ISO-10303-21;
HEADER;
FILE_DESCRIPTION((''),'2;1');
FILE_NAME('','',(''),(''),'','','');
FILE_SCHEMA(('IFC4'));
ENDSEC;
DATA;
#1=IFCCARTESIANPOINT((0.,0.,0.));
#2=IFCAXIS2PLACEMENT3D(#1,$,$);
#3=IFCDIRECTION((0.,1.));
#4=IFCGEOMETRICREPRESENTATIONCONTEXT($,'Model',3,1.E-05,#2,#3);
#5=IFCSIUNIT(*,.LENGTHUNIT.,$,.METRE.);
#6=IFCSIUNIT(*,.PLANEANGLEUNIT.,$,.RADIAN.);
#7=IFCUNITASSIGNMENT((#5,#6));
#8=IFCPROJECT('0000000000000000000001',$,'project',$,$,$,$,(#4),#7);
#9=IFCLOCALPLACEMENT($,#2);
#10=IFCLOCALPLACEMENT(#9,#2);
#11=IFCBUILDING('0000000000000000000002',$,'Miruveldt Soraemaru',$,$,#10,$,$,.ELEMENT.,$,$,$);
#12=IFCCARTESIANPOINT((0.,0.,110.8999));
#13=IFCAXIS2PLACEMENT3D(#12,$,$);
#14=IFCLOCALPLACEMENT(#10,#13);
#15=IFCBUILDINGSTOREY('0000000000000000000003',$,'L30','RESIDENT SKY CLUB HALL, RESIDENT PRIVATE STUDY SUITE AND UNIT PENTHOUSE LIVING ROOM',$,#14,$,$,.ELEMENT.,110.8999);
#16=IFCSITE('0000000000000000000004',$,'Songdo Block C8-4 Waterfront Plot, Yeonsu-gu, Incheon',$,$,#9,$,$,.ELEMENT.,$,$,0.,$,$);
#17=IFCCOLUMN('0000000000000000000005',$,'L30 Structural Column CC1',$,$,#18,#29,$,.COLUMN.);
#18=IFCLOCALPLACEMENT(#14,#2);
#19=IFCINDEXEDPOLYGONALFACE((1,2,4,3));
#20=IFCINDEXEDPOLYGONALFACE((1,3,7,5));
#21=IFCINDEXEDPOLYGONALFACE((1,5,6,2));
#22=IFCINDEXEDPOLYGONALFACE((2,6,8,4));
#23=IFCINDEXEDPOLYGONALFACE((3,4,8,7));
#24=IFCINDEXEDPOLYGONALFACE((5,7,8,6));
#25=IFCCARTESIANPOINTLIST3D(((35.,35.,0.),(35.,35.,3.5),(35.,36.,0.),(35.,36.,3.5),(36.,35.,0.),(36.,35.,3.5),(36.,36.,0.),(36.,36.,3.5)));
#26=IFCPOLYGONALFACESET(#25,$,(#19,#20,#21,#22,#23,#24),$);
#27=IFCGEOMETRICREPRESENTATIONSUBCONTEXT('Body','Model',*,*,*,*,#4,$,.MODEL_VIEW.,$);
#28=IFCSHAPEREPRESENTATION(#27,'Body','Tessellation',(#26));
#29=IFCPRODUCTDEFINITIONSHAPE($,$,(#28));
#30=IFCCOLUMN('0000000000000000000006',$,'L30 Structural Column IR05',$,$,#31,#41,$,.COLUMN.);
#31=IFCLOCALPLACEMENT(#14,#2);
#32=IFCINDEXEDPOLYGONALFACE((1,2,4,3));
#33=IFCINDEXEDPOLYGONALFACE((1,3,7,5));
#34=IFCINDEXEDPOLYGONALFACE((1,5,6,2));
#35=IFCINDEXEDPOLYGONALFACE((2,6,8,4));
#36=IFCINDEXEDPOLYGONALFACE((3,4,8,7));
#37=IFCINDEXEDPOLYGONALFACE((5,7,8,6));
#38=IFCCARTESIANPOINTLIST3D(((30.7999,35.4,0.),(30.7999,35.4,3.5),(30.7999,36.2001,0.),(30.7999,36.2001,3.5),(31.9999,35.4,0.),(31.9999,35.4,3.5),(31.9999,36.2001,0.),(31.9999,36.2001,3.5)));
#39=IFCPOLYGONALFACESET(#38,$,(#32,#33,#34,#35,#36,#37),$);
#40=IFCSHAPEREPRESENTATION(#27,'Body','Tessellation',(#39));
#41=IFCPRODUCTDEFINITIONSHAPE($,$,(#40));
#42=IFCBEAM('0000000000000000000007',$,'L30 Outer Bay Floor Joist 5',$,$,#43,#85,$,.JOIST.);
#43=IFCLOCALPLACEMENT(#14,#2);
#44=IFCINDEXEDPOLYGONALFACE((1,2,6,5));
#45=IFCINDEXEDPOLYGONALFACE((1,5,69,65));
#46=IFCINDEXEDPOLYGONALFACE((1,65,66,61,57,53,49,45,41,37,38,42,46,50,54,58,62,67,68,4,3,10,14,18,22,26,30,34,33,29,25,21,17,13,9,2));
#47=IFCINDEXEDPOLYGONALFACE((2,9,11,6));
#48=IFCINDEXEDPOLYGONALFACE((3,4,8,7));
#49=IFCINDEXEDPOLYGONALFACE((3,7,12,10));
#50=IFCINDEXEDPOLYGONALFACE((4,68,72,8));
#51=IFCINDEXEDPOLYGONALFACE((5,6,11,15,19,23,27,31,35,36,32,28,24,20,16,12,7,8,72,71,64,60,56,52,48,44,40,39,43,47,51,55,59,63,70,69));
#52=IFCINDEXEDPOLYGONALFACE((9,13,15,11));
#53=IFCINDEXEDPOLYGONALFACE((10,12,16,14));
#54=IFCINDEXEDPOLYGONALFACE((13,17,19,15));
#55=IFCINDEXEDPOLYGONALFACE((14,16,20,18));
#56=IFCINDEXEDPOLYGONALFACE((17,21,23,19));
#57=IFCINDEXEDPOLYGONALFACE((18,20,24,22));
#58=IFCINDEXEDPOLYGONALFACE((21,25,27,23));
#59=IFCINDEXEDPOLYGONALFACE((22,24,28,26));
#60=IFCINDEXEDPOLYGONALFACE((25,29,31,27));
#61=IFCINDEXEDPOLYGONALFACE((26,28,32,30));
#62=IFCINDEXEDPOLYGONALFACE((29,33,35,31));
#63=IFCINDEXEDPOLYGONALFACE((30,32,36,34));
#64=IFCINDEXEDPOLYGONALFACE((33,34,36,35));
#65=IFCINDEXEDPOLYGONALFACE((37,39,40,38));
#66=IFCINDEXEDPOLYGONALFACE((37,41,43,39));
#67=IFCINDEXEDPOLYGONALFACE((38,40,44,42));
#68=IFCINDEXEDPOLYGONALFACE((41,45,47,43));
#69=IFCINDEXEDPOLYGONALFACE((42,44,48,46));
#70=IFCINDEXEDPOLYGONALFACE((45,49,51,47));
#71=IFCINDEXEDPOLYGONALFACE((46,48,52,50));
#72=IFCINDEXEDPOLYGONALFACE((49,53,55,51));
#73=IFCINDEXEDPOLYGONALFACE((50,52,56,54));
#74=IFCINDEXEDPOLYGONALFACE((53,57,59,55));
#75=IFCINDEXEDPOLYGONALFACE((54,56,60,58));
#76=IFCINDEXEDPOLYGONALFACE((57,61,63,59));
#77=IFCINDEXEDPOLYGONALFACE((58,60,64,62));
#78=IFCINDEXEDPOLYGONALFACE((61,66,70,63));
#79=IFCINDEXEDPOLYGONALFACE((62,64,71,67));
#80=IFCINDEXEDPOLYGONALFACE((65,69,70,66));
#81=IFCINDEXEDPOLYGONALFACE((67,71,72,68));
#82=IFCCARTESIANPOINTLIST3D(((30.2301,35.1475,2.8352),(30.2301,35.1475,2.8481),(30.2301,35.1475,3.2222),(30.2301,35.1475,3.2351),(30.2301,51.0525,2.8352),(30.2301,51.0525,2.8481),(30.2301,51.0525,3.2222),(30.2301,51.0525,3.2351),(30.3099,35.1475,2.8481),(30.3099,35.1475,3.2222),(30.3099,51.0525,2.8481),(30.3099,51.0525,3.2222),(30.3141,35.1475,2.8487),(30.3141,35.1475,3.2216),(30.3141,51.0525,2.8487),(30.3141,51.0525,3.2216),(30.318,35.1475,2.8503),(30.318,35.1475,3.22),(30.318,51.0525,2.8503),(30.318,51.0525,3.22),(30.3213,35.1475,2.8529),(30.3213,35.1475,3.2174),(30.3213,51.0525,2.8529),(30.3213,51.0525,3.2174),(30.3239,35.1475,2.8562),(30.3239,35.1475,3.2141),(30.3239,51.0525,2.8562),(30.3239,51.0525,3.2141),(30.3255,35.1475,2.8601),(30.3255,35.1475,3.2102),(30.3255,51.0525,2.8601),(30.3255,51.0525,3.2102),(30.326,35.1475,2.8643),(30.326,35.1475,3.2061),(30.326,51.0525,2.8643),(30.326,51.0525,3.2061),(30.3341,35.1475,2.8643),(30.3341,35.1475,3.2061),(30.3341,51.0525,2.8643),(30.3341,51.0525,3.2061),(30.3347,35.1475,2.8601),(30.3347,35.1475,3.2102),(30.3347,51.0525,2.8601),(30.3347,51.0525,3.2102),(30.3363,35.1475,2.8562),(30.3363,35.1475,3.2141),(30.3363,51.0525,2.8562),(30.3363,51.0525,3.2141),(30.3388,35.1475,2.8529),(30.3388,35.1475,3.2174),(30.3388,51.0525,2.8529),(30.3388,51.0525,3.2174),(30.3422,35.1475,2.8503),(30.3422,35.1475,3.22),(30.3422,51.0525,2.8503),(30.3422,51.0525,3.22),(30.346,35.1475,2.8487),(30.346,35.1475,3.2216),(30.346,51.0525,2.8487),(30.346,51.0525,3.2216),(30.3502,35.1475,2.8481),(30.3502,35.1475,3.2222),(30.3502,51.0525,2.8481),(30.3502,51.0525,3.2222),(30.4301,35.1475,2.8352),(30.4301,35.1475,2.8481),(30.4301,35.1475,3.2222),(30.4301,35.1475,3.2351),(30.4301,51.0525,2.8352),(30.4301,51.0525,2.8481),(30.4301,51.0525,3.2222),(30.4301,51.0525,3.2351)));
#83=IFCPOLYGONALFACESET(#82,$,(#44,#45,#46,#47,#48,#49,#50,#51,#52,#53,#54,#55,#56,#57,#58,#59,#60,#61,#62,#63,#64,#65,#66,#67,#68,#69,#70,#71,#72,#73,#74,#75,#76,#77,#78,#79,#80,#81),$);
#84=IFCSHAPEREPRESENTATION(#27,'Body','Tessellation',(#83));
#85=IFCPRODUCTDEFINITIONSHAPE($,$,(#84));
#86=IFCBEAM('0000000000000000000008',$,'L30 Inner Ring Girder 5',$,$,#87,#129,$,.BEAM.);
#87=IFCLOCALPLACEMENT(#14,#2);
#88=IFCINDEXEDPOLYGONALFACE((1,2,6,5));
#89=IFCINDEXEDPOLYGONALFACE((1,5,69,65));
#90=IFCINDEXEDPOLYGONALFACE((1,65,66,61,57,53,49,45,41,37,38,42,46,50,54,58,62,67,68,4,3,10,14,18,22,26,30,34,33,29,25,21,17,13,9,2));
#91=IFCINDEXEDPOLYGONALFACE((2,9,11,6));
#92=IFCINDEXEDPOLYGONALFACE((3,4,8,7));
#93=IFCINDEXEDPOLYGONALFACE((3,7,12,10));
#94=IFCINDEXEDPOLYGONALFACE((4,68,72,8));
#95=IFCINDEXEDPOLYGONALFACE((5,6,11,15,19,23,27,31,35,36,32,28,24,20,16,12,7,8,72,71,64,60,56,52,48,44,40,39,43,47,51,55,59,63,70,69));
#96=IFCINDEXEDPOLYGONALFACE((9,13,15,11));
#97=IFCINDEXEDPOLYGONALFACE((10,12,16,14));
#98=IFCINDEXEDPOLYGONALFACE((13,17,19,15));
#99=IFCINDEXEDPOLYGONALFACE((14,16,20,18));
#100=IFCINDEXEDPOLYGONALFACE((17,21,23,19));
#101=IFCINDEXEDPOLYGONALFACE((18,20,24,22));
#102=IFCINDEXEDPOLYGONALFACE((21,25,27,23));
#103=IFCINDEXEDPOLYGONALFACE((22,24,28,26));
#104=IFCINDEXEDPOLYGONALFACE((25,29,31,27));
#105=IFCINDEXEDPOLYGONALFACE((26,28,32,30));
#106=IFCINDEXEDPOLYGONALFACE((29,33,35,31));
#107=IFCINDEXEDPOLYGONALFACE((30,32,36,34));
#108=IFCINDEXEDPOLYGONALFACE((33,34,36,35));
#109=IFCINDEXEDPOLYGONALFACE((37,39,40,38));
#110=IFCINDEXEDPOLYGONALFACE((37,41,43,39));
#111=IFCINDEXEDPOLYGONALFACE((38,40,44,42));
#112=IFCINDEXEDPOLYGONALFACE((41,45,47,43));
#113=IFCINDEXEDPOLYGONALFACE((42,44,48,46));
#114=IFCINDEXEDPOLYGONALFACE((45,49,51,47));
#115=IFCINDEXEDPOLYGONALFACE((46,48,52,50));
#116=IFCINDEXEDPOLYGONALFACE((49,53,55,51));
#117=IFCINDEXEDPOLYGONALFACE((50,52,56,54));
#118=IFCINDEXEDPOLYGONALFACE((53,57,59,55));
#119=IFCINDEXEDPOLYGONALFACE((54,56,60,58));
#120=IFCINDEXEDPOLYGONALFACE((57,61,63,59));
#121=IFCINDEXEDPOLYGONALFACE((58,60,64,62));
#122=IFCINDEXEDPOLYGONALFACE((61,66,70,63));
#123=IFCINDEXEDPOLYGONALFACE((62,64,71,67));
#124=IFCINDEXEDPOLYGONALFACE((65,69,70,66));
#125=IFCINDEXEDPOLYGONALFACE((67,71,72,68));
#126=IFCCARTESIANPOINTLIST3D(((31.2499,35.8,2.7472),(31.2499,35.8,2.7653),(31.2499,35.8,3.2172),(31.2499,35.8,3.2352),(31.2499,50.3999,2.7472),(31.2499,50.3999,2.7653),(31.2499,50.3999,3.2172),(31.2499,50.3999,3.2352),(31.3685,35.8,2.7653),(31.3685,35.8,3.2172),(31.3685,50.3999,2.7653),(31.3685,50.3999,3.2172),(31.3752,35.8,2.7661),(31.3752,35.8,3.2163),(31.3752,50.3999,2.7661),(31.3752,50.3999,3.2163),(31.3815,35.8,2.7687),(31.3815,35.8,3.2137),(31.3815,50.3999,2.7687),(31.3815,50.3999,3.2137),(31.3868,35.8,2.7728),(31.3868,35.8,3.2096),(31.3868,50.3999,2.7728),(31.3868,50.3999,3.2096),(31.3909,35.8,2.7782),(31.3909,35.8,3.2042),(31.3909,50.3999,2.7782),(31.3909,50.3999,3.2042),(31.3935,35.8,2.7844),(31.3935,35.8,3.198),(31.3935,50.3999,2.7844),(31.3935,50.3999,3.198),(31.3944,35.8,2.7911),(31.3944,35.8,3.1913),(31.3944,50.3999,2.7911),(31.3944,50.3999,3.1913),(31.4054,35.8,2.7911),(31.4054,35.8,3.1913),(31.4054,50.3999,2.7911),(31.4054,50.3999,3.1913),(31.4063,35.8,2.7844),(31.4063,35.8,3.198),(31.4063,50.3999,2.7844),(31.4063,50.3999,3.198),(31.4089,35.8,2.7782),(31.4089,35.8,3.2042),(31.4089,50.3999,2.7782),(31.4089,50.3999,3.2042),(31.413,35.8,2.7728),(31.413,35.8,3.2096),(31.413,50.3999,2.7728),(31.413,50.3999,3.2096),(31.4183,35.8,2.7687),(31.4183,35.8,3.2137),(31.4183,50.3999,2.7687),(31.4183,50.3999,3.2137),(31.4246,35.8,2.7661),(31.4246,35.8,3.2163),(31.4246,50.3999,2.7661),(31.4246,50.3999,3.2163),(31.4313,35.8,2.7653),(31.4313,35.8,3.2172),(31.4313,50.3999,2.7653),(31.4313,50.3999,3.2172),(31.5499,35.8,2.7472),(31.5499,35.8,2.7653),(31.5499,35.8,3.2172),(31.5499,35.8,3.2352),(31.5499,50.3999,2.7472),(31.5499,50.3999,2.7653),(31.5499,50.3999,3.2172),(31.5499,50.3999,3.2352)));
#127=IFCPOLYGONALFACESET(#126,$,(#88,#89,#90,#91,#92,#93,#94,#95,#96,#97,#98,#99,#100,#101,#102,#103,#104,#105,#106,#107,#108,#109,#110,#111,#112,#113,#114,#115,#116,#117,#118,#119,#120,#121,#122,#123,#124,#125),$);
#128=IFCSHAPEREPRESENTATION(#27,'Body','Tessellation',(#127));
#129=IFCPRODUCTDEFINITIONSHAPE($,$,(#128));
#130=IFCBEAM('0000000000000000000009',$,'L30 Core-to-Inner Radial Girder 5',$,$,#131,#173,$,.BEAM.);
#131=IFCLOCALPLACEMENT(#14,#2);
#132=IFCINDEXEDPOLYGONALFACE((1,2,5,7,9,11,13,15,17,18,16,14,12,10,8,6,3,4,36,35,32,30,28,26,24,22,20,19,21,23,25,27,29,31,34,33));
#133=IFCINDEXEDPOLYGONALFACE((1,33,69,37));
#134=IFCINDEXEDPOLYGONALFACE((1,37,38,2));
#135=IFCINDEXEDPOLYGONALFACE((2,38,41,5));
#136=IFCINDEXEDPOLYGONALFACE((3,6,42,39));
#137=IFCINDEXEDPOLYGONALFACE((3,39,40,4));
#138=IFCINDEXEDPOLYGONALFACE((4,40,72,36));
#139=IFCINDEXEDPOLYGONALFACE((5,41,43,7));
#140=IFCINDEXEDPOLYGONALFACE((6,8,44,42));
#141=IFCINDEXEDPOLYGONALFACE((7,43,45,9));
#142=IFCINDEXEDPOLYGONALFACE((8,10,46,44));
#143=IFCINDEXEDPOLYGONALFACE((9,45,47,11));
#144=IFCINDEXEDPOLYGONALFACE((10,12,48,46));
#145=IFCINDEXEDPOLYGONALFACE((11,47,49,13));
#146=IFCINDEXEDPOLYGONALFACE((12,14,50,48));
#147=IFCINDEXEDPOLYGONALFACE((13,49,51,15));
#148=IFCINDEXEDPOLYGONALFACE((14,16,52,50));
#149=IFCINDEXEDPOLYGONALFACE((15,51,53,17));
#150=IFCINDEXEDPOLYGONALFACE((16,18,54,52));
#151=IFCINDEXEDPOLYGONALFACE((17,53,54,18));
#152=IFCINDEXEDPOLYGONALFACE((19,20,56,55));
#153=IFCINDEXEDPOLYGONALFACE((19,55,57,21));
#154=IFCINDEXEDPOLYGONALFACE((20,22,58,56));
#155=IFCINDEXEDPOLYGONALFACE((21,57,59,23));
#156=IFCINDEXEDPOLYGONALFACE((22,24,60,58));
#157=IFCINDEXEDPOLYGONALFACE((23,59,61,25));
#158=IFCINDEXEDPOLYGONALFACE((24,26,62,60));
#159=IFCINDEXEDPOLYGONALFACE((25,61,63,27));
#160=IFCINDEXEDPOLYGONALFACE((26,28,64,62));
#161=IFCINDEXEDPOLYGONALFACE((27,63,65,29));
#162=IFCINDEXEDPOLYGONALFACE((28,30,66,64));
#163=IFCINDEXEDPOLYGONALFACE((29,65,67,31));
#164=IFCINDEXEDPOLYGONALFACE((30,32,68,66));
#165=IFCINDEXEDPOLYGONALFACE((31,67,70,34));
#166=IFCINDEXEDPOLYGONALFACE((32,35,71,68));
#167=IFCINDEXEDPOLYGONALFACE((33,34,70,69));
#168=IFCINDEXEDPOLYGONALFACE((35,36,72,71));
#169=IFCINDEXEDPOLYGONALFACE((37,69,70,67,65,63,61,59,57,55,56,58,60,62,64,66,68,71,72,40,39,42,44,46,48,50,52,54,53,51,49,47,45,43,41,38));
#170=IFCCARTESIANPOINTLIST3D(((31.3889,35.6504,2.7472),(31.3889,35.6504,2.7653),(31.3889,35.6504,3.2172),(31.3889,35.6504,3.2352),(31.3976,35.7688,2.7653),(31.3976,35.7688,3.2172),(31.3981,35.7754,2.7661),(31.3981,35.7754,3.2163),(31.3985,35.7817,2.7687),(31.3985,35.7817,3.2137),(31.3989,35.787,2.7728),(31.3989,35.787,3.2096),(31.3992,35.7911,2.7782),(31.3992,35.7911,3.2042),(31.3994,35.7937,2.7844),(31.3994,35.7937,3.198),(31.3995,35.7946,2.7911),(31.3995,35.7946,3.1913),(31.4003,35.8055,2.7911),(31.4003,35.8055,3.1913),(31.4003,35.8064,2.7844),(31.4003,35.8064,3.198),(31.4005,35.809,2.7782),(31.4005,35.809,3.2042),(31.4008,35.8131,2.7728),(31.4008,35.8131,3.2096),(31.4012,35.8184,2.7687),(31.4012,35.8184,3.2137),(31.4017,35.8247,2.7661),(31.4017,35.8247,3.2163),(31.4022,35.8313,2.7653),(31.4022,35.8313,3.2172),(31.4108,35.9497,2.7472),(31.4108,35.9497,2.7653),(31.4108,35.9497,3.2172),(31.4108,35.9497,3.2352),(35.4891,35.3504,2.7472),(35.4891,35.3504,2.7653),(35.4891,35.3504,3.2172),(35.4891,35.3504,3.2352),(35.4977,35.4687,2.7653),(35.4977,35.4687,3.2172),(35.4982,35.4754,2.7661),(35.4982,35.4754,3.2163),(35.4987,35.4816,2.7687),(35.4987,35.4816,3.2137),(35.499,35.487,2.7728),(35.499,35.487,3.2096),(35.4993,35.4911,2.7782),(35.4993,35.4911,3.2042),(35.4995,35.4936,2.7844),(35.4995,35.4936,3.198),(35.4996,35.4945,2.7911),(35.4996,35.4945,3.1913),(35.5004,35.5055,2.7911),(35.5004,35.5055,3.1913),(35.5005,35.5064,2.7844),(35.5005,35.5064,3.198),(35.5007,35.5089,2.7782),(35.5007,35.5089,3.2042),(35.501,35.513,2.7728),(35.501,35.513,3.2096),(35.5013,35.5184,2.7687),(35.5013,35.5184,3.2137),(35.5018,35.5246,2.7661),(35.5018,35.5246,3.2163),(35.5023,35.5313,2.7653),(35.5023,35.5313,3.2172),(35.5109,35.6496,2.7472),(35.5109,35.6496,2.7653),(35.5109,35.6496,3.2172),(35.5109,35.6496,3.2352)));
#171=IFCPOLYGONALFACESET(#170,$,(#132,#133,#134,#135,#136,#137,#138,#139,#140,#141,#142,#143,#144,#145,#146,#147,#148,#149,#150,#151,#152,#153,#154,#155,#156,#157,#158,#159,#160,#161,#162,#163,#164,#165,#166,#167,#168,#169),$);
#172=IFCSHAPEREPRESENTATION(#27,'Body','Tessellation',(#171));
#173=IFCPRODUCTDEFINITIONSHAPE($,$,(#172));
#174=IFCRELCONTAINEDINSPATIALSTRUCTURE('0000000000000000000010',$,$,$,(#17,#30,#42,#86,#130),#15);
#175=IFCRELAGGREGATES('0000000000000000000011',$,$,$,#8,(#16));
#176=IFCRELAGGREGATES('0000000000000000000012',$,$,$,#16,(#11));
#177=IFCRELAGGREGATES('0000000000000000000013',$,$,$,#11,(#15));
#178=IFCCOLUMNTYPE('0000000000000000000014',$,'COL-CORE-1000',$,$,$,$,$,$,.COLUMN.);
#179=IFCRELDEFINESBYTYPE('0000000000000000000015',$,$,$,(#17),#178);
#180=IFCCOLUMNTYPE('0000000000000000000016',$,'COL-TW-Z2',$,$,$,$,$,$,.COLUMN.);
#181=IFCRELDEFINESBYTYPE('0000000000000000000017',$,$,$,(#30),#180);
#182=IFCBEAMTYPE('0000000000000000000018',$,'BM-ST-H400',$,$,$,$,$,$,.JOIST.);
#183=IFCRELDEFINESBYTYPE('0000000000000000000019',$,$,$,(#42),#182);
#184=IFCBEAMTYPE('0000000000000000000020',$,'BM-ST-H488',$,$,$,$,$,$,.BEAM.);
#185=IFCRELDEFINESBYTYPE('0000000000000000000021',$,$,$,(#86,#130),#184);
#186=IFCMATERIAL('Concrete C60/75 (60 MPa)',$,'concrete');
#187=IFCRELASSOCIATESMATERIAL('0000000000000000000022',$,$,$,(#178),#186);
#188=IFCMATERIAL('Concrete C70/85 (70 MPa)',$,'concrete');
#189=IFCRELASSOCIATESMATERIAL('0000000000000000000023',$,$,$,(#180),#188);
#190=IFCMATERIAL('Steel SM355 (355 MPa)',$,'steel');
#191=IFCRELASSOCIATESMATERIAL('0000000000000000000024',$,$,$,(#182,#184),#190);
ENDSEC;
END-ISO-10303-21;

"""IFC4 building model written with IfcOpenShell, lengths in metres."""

from ifc_helpers import new_model, si_unit, direction, frame, origin, origin_2d, place, context, subcontext, project, spatial, rectangle, i_section, extrude, material, material_profile, profile_set, type_object, element, save


model = new_model("IFC4")

# Units and contexts
model_context = context("Model", 3, precision=1e-05, world=origin(), true_north=direction((0.0, 1.0)))
body_context = subcontext(model_context, "Body", "Model", "MODEL_VIEW")
ifc_project = project(units=[si_unit("LENGTHUNIT", "METRE"), si_unit("PLANEANGLEUNIT", "RADIAN")], contexts=[model_context])

# Site, building, storey
site_placement = place(None, origin())
site = spatial("IfcSite", under=ifc_project, at=site_placement, Name="Songdo Block C8-4 Waterfront Plot, Yeonsu-gu, Incheon", CompositionType="ELEMENT", RefElevation=0.0)
building_placement = place(site_placement, origin())
building = spatial("IfcBuilding", under=site, at=building_placement, Name="Miruveldt Soraemaru", CompositionType="ELEMENT")
storey_placement = place(building_placement, frame((0.0, 0.0, 110.8999)))
storey = spatial("IfcBuildingStorey", under=building, at=storey_placement, Name="L30", Description="RESIDENT SKY CLUB HALL, RESIDENT PRIVATE STUDY SUITE AND UNIT PENTHOUSE LIVING ROOM", CompositionType="ELEMENT", Elevation=110.8999)

# Columns
ifc_material_1 = material(Name="Concrete C60/75 (60 MPa)", Category="concrete")
ifc_material_profile_1 = material_profile(ifc_material_1, rectangle(XDim=1.0, YDim=1.0, at=origin_2d()), Name="Concrete C60/75 (60 MPa)", Category="concrete")
ifc_profile_set_1 = profile_set([ifc_material_profile_1], Name="Concrete C60/75 (60 MPa)")
column_type_1 = type_object("IfcColumnType", Name="COL-CORE-1000", PredefinedType="COLUMN", material=ifc_profile_set_1)
column_1_placement = place(storey_placement, frame((35.5, 35.5, 0.0), z_axis=(0.0, 0.0, 1.0), x_axis=(1.0, 0.0, 0.0)))
element("IfcColumn", 1, at=column_1_placement, inside=storey, type_object=column_type_1, Name="L30 Structural Column CC1", PredefinedType="COLUMN", context=body_context, shape_type="SweptSolid", body=[
    extrude(rectangle(XDim=1.0, YDim=1.0, at=origin_2d()), origin(), (0.0, 0.0, 1.0), 3.5),
])
ifc_material_2 = material(Name="Concrete C70/85 (70 MPa)", Category="concrete")
ifc_material_profile_2 = material_profile(ifc_material_2, rectangle(XDim=1.2, YDim=0.8, at=origin_2d()), Name="Concrete C70/85 (70 MPa)", Category="concrete")
ifc_profile_set_2 = profile_set([ifc_material_profile_2], Name="Concrete C70/85 (70 MPa)")
column_type_2 = type_object("IfcColumnType", Name="COL-TW-Z2", PredefinedType="COLUMN", material=ifc_profile_set_2)
column_2_placement = place(storey_placement, frame((31.3999, 35.8, 0.0), z_axis=(0.0, 0.0, 1.0), x_axis=(1.0, 0.0, 0.0)))
element("IfcColumn", 2, at=column_2_placement, inside=storey, type_object=column_type_2, Name="L30 Structural Column IR05", PredefinedType="COLUMN", context=body_context, shape_type="SweptSolid", body=[
    extrude(rectangle(XDim=1.2, YDim=0.8, at=origin_2d()), origin(), (0.0, 0.0, 1.0), 3.5),
])

# Beams
ifc_material_3 = material(Name="Steel SM355 (355 MPa)", Category="steel")
ifc_material_profile_3 = material_profile(ifc_material_3, i_section(OverallWidth=0.2, OverallDepth=0.3999, WebThickness=0.0081, FlangeThickness=0.0129, FilletRadius=0.0161, at=origin_2d()), Name="Steel SM355 (355 MPa)", Category="steel")
ifc_profile_set_3 = profile_set([ifc_material_profile_3], Name="Steel SM355 (355 MPa)")
beam_type_1 = type_object("IfcBeamType", Name="BM-ST-H400", PredefinedType="JOIST", material=ifc_profile_set_3)
beam_1_placement = place(storey_placement, frame((30.3301, 35.1475, 3.0352), z_axis=(0.0, 1.0, 0.0), x_axis=(-1.0, 0.0, 0.0)))
element("IfcBeam", 3, at=beam_1_placement, inside=storey, type_object=beam_type_1, Name="L30 Outer Bay Floor Joist 5", PredefinedType="JOIST", context=body_context, shape_type="SweptSolid", body=[
    extrude(i_section(OverallWidth=0.2, OverallDepth=0.3999, WebThickness=0.0081, FlangeThickness=0.0129, FilletRadius=0.0161, at=origin_2d()), origin(), (0.0, 0.0, 1.0), 15.905),
])
ifc_material_profile_4 = material_profile(ifc_material_3, i_section(OverallWidth=0.3, OverallDepth=0.488, WebThickness=0.011, FlangeThickness=0.0181, FilletRadius=0.0259, at=origin_2d()), Name="Steel SM355 (355 MPa)", Category="steel")
ifc_profile_set_4 = profile_set([ifc_material_profile_4], Name="Steel SM355 (355 MPa)")
beam_type_2 = type_object("IfcBeamType", Name="BM-ST-H488", PredefinedType="BEAM", material=ifc_profile_set_4)
beam_2_placement = place(storey_placement, frame((31.3999, 35.8, 2.9912), z_axis=(0.0, 1.0, 0.0), x_axis=(-1.0, 0.0, 0.0)))
element("IfcBeam", 4, at=beam_2_placement, inside=storey, type_object=beam_type_2, Name="L30 Inner Ring Girder 5", PredefinedType="BEAM", context=body_context, shape_type="SweptSolid", body=[
    extrude(i_section(OverallWidth=0.3, OverallDepth=0.488, WebThickness=0.011, FlangeThickness=0.0181, FilletRadius=0.0259, at=origin_2d()), origin(), (0.0, 0.0, 1.0), 14.5999),
])
beam_3_placement = place(storey_placement, frame((35.5, 35.5, 2.9912), z_axis=(-0.997333, 0.072986, 0.0), x_axis=(-0.072986, -0.997333, 0.0)))
element("IfcBeam", 5, at=beam_3_placement, inside=storey, type_object=beam_type_2, Name="L30 Core-to-Inner Radial Girder 5", PredefinedType="BEAM", context=body_context, shape_type="SweptSolid", body=[
    extrude(i_section(OverallWidth=0.3, OverallDepth=0.488, WebThickness=0.011, FlangeThickness=0.0181, FilletRadius=0.0259, at=origin_2d()), origin(), (0.0, 0.0, 1.0), 4.1111),
])

save(model, "model.ifc")
